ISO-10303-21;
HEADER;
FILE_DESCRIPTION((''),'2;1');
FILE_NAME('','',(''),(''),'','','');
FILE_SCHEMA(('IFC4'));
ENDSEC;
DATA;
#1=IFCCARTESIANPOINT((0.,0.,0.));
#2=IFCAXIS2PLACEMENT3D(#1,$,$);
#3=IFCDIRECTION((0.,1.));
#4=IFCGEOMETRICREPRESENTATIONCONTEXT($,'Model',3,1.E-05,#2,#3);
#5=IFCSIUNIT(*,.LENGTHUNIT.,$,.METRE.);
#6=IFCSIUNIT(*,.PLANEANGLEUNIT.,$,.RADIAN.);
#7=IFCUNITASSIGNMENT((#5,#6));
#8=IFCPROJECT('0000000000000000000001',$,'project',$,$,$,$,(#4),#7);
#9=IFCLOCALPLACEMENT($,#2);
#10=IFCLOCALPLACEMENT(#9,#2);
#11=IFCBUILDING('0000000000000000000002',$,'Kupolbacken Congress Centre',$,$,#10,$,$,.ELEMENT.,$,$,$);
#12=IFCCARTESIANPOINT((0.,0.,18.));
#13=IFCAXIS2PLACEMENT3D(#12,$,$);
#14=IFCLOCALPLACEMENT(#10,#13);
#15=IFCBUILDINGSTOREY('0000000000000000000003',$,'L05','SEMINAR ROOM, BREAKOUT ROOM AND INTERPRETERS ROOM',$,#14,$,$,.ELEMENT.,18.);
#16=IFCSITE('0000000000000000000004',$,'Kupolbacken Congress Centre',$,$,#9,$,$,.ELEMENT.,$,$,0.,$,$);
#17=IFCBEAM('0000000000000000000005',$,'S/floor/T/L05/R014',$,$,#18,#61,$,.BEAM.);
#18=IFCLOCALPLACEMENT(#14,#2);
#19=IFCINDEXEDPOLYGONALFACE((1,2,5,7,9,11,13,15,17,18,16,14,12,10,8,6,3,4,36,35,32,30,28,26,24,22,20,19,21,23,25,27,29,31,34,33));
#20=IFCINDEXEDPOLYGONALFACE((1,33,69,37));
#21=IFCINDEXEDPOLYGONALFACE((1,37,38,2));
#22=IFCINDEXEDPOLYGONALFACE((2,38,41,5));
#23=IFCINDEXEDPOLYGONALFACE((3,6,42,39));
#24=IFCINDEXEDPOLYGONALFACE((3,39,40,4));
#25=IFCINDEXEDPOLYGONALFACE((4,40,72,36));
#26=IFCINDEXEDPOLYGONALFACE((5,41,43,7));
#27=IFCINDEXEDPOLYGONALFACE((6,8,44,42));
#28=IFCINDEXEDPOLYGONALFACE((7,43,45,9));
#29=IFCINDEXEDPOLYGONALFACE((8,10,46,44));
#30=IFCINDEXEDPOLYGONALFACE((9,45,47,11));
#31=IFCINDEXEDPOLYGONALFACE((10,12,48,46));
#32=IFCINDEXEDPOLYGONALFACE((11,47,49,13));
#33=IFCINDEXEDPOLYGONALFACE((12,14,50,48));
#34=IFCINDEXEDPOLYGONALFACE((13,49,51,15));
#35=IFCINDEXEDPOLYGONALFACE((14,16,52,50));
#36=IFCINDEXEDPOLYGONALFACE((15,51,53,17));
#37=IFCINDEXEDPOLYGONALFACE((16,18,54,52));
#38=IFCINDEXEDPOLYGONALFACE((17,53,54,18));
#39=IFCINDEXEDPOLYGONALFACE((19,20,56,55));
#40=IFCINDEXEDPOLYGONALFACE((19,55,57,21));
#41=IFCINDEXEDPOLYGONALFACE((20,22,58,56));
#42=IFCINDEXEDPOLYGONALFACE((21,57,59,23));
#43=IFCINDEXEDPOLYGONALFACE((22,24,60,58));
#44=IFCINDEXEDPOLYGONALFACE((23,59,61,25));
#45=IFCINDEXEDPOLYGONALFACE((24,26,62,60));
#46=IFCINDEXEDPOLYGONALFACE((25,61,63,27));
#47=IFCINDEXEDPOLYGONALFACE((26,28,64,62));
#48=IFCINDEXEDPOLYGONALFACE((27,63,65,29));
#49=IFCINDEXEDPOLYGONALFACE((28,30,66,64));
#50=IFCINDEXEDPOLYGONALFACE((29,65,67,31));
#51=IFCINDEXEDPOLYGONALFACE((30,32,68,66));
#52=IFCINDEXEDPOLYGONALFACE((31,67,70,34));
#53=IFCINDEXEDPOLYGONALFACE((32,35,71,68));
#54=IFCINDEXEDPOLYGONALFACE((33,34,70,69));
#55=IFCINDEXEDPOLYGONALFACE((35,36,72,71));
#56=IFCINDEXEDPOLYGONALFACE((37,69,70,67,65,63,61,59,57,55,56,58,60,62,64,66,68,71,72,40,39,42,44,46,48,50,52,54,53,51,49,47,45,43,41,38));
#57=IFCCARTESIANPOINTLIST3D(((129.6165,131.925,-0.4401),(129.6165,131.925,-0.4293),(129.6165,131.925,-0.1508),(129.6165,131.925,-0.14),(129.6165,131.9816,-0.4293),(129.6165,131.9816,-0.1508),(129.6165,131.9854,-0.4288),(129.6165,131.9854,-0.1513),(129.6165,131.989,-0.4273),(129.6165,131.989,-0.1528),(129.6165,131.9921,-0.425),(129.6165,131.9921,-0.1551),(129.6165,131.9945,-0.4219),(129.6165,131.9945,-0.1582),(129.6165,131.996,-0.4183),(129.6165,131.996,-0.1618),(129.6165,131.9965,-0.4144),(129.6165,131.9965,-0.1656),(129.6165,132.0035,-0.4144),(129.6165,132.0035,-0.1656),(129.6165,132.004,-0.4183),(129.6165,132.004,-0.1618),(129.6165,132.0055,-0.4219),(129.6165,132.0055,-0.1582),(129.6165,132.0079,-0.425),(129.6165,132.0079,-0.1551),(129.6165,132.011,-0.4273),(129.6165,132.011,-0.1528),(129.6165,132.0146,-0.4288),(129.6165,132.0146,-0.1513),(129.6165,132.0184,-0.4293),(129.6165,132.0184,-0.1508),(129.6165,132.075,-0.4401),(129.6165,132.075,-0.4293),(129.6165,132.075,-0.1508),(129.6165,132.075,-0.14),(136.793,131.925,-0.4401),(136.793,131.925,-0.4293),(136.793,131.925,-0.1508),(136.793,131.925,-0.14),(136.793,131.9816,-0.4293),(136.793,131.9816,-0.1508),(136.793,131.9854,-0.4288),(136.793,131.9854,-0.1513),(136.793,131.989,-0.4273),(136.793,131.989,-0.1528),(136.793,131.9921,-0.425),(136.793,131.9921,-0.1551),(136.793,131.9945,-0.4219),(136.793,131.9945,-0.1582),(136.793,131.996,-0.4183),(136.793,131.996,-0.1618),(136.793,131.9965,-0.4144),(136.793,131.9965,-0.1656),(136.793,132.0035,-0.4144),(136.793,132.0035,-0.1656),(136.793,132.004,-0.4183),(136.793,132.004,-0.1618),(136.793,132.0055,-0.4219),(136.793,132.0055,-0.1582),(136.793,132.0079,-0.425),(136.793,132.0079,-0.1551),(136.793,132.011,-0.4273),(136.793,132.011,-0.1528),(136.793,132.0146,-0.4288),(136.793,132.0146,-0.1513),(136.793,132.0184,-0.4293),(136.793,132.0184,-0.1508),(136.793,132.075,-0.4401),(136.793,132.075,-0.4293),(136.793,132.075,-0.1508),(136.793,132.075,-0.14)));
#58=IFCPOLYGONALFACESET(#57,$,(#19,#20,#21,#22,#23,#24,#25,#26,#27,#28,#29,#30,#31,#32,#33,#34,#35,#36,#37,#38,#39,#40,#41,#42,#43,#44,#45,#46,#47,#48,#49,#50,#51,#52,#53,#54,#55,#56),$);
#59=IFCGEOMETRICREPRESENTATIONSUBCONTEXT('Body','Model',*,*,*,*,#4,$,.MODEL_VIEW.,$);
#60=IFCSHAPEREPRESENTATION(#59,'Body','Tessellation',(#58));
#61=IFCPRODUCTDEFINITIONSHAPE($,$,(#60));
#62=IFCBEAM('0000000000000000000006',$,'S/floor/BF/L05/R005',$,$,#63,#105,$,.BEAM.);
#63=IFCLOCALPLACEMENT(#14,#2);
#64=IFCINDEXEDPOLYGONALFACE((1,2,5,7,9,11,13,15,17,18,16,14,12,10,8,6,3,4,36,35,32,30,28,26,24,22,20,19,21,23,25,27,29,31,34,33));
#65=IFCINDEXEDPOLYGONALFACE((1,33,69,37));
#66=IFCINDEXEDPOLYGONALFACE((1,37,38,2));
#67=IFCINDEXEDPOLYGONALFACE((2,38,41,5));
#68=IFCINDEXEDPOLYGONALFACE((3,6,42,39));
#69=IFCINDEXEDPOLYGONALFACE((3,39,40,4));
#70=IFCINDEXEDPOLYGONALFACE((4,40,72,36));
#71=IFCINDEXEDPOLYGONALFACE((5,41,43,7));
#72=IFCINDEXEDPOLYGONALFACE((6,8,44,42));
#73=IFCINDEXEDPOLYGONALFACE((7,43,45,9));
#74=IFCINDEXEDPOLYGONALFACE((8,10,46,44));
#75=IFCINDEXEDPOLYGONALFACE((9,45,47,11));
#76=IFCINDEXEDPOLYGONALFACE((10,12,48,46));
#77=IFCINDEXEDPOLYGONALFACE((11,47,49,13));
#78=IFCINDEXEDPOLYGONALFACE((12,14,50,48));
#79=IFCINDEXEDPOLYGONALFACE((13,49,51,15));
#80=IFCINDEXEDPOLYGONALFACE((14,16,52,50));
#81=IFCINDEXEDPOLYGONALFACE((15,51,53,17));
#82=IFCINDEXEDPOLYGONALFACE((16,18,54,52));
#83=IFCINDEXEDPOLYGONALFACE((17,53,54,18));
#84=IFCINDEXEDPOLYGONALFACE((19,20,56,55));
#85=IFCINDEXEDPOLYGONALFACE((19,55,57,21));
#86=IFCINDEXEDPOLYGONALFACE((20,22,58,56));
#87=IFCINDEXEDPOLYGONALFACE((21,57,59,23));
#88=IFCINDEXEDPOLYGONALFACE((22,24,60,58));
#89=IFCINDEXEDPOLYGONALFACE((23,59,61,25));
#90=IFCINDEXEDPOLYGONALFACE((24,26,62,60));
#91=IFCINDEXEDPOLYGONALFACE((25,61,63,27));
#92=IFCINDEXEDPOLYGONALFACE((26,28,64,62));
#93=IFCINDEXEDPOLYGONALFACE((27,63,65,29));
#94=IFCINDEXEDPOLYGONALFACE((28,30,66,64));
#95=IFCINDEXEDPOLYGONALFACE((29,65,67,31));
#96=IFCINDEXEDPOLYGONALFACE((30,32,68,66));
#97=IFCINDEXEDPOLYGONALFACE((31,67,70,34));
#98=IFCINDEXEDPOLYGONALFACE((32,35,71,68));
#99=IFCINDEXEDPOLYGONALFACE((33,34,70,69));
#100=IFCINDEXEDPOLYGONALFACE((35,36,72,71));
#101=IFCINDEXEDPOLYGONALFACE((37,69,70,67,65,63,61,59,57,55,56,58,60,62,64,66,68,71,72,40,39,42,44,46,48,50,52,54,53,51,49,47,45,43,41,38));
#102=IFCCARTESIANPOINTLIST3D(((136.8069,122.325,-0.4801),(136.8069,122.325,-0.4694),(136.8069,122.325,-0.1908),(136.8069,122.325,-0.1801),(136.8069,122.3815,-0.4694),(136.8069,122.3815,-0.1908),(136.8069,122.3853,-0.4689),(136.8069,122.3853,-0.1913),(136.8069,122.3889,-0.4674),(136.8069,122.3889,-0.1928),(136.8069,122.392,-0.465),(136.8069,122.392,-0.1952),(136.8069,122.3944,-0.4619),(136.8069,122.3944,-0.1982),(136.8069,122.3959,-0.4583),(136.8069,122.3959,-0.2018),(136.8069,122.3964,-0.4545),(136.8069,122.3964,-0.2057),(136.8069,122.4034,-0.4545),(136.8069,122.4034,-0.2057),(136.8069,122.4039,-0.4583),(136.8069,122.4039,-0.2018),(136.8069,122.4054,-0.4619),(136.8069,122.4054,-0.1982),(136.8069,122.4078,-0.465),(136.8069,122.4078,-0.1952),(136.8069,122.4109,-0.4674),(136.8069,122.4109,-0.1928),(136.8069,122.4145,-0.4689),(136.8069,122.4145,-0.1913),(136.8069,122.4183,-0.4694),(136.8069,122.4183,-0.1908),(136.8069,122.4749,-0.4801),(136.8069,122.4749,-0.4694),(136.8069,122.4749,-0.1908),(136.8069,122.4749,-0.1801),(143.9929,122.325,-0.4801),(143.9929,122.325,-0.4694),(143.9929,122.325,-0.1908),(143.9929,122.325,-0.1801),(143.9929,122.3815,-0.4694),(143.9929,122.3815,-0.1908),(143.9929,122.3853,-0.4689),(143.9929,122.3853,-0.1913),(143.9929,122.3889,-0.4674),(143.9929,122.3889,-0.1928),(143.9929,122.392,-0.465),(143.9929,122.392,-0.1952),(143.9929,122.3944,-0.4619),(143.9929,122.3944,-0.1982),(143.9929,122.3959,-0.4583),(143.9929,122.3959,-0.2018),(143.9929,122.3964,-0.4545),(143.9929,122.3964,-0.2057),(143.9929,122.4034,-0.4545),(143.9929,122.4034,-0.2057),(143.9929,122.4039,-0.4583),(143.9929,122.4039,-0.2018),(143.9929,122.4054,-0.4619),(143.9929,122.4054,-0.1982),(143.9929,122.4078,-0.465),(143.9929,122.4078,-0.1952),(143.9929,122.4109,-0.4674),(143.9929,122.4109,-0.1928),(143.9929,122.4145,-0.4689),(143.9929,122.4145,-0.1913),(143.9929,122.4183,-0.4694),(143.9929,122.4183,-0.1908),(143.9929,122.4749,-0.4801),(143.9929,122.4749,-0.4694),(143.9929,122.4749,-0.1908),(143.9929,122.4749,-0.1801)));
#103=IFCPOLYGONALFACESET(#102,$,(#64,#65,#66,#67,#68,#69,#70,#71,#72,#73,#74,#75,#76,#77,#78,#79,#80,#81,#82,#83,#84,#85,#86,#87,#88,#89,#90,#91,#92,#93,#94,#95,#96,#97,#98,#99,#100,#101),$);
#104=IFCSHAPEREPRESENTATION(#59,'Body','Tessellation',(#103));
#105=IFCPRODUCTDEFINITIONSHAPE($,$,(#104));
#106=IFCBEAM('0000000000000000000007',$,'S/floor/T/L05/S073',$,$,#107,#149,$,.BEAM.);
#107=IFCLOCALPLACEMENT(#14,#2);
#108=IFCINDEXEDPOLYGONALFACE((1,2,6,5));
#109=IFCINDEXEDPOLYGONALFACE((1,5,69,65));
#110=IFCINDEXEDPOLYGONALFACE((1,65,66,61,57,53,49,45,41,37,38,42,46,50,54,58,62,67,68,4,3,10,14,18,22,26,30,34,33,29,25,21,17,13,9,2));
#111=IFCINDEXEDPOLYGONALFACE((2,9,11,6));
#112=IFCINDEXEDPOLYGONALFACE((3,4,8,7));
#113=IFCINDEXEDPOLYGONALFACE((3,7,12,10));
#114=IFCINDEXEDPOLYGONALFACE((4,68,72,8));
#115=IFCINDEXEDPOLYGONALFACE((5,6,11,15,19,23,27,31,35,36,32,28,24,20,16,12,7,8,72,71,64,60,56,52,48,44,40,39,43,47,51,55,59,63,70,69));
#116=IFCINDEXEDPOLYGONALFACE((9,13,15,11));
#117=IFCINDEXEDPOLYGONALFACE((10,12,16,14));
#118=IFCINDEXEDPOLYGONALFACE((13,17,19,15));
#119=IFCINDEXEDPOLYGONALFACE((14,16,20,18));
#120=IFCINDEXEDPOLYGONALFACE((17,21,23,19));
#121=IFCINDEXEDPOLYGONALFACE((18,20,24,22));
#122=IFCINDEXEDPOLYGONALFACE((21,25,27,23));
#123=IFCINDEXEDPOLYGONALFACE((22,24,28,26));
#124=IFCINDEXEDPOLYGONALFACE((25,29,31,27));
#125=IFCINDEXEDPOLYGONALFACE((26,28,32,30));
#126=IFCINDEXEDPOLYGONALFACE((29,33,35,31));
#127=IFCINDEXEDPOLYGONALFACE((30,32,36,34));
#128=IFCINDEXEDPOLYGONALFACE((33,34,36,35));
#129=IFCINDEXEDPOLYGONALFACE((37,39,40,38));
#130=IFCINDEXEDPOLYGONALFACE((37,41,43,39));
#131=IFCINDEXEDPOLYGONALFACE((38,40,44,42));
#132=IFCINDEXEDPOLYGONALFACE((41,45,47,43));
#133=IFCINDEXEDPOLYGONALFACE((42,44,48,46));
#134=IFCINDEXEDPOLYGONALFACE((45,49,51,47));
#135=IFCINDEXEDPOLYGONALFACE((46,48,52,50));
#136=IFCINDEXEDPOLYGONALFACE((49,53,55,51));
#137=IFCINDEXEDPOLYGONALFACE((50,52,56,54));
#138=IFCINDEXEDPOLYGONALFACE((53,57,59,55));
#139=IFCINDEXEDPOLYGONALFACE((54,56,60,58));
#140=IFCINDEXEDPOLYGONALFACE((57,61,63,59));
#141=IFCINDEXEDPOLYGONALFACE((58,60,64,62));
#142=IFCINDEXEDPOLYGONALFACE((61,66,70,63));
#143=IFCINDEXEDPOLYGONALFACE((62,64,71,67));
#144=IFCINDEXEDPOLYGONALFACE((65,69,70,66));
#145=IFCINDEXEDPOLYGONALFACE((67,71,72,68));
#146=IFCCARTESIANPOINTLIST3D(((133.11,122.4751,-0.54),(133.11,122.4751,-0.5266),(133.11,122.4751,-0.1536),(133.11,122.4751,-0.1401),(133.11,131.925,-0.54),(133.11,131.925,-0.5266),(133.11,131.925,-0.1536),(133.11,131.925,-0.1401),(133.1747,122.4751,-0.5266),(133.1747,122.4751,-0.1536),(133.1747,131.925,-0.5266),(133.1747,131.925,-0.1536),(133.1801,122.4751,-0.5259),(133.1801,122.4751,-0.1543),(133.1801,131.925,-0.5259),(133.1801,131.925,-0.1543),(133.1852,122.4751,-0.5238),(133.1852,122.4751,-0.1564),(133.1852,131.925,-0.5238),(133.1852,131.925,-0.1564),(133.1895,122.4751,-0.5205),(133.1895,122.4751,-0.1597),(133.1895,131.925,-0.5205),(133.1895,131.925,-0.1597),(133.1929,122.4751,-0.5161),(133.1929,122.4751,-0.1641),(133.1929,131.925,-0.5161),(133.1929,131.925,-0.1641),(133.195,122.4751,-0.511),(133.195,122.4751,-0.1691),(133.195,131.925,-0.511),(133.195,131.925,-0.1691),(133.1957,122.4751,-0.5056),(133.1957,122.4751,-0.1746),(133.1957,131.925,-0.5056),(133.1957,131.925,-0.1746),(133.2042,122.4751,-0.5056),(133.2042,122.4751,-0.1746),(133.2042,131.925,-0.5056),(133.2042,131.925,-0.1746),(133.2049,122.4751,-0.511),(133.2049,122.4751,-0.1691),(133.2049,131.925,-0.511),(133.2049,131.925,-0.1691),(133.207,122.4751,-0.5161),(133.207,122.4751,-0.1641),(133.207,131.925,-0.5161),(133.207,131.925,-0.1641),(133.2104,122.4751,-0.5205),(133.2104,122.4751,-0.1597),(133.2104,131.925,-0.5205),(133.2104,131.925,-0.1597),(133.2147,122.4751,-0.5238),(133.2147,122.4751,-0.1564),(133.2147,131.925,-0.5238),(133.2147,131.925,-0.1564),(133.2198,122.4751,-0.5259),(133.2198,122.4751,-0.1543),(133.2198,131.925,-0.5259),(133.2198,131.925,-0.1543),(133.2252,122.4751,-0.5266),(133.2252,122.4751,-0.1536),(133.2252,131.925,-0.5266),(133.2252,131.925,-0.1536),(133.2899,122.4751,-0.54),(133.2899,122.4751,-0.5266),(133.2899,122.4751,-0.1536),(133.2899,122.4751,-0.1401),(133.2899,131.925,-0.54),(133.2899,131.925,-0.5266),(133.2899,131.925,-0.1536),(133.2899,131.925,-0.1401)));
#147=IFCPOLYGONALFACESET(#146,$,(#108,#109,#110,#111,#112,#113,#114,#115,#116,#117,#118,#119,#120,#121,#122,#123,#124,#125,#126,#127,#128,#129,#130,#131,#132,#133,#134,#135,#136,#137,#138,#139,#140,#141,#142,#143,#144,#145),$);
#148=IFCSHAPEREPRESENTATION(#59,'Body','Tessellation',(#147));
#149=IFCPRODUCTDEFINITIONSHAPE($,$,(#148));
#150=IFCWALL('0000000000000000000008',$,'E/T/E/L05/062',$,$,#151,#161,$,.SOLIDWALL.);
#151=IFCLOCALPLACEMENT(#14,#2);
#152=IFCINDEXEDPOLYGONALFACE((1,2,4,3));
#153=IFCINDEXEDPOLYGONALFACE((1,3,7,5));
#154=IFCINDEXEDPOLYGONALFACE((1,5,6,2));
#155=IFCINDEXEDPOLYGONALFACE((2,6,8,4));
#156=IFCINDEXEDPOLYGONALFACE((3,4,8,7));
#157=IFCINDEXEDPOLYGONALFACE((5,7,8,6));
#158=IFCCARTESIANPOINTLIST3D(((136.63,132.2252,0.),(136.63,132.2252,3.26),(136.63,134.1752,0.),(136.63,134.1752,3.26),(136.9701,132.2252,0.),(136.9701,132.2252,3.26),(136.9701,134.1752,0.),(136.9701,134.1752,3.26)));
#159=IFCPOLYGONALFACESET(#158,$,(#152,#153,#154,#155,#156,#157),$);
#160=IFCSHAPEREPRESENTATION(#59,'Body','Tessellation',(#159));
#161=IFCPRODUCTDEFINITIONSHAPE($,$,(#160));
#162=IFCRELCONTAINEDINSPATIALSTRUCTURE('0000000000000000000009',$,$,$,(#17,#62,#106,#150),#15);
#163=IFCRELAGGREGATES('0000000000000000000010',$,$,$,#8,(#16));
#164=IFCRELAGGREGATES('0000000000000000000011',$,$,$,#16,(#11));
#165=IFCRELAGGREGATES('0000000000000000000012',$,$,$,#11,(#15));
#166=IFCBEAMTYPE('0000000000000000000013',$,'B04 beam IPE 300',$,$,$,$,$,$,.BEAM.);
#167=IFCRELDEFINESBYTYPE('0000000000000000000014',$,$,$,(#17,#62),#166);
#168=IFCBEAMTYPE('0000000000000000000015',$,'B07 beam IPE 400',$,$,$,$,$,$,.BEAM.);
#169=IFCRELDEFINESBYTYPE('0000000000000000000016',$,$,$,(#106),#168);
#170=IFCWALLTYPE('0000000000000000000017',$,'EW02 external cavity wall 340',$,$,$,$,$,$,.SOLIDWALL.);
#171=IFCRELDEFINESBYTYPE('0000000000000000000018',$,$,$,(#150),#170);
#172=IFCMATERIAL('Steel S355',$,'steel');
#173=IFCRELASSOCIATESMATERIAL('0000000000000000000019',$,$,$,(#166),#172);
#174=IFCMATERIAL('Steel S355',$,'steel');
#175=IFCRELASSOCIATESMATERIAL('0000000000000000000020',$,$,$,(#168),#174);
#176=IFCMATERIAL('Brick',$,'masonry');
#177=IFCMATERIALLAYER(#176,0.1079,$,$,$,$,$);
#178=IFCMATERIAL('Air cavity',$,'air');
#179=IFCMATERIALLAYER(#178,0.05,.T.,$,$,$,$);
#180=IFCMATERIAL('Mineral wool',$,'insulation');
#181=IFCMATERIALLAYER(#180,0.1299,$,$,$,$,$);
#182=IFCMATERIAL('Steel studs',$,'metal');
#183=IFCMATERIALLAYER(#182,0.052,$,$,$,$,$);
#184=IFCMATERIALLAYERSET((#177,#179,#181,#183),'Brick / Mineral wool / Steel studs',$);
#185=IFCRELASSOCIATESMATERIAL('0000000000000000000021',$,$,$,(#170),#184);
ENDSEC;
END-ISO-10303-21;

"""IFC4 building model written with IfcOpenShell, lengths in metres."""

from ifc_helpers import new_model, si_unit, direction, frame, frame_2d, origin, origin_2d, place, context, subcontext, project, spatial, rectangle, i_section, extrude, material, layer, layer_set, material_profile, profile_set, type_object, element, save


model = new_model("IFC4")

# Units and contexts
model_context = context("Model", 3, precision=1e-05, world=origin(), true_north=direction((0.0, 1.0)))
body_context = subcontext(model_context, "Body", "Model", "MODEL_VIEW")
ifc_project = project(units=[si_unit("LENGTHUNIT", "METRE"), si_unit("PLANEANGLEUNIT", "RADIAN")], contexts=[model_context])

# Site, building, storey
site_placement = place(None, origin())
site = spatial("IfcSite", under=ifc_project, at=site_placement, Name="Kupolbacken Congress Centre", CompositionType="ELEMENT", RefElevation=0.0)
building_placement = place(site_placement, origin())
building = spatial("IfcBuilding", under=site, at=building_placement, Name="Kupolbacken Congress Centre", CompositionType="ELEMENT")
storey_placement = place(building_placement, frame((0.0, 0.0, 18.0)))
storey = spatial("IfcBuildingStorey", under=building, at=storey_placement, Name="L05", Description="SEMINAR ROOM, BREAKOUT ROOM AND INTERPRETERS ROOM", CompositionType="ELEMENT", Elevation=18.0)

# Beams
ifc_material_1 = material(Name="Steel S355", Category="steel")
ifc_material_profile_1 = material_profile(ifc_material_1, i_section(OverallWidth=0.1499, OverallDepth=0.3, WebThickness=0.0071, FlangeThickness=0.0107, FilletRadius=0.0149, at=origin_2d()), Name="IPE 300")
ifc_profile_set_1 = profile_set([ifc_material_profile_1], Name="Steel S355")
beam_type_1 = type_object("IfcBeamType", Name="B04 beam IPE 300", PredefinedType="BEAM", material=ifc_profile_set_1)
beam_1_placement = place(storey_placement, frame((129.6165, 132.0, -0.29), z_axis=(1.0, 0.0, 0.0), x_axis=(0.0, 1.0, 0.0)))
element("IfcBeam", 1, at=beam_1_placement, inside=storey, type_object=beam_type_1, Name="S/floor/T/L05/R014", PredefinedType="BEAM", context=body_context, shape_type="SweptSolid", body=[
    extrude(i_section(OverallWidth=0.1499, OverallDepth=0.3, WebThickness=0.0071, FlangeThickness=0.0107, FilletRadius=0.0149, at=origin_2d()), origin(), (0.0, 0.0, 1.0), 7.1765),
])
beam_2_placement = place(storey_placement, frame((136.8069, 122.3999, -0.3301), z_axis=(1.0, 0.0, 0.0), x_axis=(0.0, 1.0, 0.0)))
element("IfcBeam", 2, at=beam_2_placement, inside=storey, type_object=beam_type_1, Name="S/floor/BF/L05/R005", PredefinedType="BEAM", context=body_context, shape_type="SweptSolid", body=[
    extrude(i_section(OverallWidth=0.1499, OverallDepth=0.3, WebThickness=0.0071, FlangeThickness=0.0107, FilletRadius=0.0149, at=origin_2d()), origin(), (0.0, 0.0, 1.0), 7.186),
])
ifc_material_2 = material(Name="Steel S355", Category="steel")
ifc_material_profile_2 = material_profile(ifc_material_2, i_section(OverallWidth=0.1799, OverallDepth=0.3999, WebThickness=0.0085, FlangeThickness=0.0134, FilletRadius=0.021, at=origin_2d()), Name="IPE 400")
ifc_profile_set_2 = profile_set([ifc_material_profile_2], Name="Steel S355")
beam_type_2 = type_object("IfcBeamType", Name="B07 beam IPE 400", PredefinedType="BEAM", material=ifc_profile_set_2)
beam_3_placement = place(storey_placement, frame((133.2, 122.4751, -0.3401), z_axis=(0.0, 1.0, 0.0), x_axis=(-1.0, 0.0, 0.0)))
element("IfcBeam", 3, at=beam_3_placement, inside=storey, type_object=beam_type_2, Name="S/floor/T/L05/S073", PredefinedType="BEAM", context=body_context, shape_type="SweptSolid", body=[
    extrude(i_section(OverallWidth=0.1799, OverallDepth=0.3999, WebThickness=0.0085, FlangeThickness=0.0134, FilletRadius=0.021, at=origin_2d()), origin(), (0.0, 0.0, 1.0), 9.45),
])

# Shared definitions
ifc_material_3 = material(Name="Brick", Category="masonry")
ifc_layer_1 = layer(ifc_material_3, 0.1079)
ifc_material_4 = material(Name="Air cavity", Category="air")
ifc_layer_2 = layer(ifc_material_4, 0.05, ventilated=True)
ifc_material_5 = material(Name="Mineral wool", Category="insulation")
ifc_layer_3 = layer(ifc_material_5, 0.1299)
ifc_material_6 = material(Name="Steel studs", Category="metal")
ifc_layer_4 = layer(ifc_material_6, 0.052)
ifc_layer_set_1 = layer_set([ifc_layer_1, ifc_layer_2, ifc_layer_3, ifc_layer_4], Name="Brick / Mineral wool / Steel studs")
wall_type_1 = type_object("IfcWallType", Name="EW02 external cavity wall 340", PredefinedType="SOLIDWALL", material=ifc_layer_set_1)

# Wall
wall_1_placement = place(storey_placement, frame((136.8, 132.2251, 0.0), z_axis=(0.0, 0.0, 1.0), x_axis=(0.0, 1.0, 0.0)))
element("IfcWall", 4, at=wall_1_placement, inside=storey, type_object=wall_type_1, Name="E/T/E/L05/062", PredefinedType="SOLIDWALL", context=body_context, shape_type="SweptSolid", body=[
    extrude(rectangle(XDim=1.95, YDim=0.3401, at=frame_2d((0.9751, 0.0))), origin(), (0.0, 0.0, 1.0), 3.26),
])

save(model, "model.ifc")
